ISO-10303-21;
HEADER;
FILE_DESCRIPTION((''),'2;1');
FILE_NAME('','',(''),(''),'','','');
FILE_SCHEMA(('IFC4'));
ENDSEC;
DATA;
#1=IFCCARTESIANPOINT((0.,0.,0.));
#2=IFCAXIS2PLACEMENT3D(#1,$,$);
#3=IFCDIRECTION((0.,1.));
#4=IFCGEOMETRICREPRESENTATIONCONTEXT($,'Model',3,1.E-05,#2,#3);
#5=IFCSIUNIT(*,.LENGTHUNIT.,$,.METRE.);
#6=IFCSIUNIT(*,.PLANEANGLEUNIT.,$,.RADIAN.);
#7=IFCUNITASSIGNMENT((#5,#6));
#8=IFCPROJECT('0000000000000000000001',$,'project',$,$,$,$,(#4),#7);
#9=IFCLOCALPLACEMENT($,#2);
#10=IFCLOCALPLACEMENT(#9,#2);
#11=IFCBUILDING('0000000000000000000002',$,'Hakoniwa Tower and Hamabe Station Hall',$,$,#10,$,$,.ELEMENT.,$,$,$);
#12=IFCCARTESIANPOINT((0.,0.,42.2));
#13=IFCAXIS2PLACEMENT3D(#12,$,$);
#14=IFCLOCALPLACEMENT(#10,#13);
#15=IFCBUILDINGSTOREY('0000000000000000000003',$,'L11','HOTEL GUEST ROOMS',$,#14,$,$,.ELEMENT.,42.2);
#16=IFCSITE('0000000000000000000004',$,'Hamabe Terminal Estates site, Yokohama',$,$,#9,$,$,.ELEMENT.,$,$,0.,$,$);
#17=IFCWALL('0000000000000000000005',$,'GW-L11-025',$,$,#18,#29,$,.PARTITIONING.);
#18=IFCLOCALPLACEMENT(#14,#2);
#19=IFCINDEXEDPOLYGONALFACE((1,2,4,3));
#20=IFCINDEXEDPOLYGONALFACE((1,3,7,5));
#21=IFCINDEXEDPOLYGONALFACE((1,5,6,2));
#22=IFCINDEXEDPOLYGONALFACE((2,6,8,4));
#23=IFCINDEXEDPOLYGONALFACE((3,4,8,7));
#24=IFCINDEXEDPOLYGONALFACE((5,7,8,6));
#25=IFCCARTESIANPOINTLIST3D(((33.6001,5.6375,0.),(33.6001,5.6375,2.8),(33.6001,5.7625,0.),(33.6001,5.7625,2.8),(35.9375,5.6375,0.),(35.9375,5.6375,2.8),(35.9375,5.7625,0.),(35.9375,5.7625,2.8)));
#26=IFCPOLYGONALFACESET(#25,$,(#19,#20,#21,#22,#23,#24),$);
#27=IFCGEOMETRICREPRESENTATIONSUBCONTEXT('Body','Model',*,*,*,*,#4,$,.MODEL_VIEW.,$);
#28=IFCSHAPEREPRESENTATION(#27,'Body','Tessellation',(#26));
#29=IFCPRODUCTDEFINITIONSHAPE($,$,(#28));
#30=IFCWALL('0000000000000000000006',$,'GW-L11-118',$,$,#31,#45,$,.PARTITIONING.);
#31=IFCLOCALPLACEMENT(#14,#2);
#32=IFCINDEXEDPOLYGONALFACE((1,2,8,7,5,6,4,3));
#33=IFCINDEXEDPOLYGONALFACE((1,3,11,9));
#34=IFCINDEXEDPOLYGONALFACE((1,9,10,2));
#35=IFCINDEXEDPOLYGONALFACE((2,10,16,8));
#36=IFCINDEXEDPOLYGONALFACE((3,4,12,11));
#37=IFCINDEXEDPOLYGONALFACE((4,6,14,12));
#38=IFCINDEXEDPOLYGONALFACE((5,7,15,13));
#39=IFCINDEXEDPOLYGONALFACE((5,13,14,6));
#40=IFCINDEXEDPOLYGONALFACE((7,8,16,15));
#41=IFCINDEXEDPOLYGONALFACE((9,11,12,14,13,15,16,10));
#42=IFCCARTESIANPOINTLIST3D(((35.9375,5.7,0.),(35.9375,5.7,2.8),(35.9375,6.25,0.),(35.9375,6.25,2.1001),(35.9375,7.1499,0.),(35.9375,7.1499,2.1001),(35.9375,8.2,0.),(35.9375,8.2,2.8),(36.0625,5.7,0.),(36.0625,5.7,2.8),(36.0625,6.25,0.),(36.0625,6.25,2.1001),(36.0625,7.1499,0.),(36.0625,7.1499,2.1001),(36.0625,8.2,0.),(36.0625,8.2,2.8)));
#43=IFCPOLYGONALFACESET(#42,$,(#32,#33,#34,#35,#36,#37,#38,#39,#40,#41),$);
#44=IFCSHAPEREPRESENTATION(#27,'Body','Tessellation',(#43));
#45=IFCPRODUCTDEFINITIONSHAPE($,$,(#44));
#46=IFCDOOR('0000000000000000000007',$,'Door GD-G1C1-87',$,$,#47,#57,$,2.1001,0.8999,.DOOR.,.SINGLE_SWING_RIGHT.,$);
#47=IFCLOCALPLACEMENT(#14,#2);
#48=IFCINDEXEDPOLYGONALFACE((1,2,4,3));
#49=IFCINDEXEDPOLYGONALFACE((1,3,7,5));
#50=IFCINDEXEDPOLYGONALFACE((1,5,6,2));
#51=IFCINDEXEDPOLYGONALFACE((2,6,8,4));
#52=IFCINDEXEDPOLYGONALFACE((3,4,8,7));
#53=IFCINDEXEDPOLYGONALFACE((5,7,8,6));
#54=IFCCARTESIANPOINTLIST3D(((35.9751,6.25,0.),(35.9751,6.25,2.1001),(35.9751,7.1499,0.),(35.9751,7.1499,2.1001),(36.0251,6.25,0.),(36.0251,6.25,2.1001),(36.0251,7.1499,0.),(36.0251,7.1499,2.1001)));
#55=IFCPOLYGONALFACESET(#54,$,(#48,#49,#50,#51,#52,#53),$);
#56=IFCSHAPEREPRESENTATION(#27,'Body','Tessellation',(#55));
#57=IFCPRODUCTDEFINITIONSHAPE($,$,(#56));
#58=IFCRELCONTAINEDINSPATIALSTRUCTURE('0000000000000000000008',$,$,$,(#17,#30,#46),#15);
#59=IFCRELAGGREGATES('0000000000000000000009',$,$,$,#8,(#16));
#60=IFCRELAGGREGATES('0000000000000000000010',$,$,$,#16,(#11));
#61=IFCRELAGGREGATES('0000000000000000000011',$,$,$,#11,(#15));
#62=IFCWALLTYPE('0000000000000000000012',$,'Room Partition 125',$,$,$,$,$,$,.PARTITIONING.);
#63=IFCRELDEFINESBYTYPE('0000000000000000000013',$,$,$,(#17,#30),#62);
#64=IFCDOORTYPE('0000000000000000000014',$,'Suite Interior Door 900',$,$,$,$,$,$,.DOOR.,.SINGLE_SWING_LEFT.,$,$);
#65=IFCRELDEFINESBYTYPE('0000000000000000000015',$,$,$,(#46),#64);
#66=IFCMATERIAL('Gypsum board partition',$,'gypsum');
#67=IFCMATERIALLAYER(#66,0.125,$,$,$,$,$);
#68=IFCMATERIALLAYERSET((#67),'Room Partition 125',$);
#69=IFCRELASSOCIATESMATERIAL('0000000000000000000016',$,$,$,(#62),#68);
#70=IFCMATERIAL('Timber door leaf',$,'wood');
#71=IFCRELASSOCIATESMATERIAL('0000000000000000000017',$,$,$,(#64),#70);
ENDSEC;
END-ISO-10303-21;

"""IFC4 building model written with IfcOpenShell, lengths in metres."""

from ifc_helpers import new_model, si_unit, direction, frame, frame_2d, origin, place, context, subcontext, project, spatial, rectangle, extrude, material, layer, layer_set, type_object, element, fill, save


model = new_model("IFC4")

# Units and contexts
model_context = context("Model", 3, precision=1e-05, world=origin(), true_north=direction((0.0, 1.0)))
body_context = subcontext(model_context, "Body", "Model", "MODEL_VIEW")
ifc_project = project(units=[si_unit("LENGTHUNIT", "METRE"), si_unit("PLANEANGLEUNIT", "RADIAN")], contexts=[model_context])

# Site, building, storey
site_placement = place(None, origin())
site = spatial("IfcSite", under=ifc_project, at=site_placement, Name="Hamabe Terminal Estates site, Yokohama", CompositionType="ELEMENT", RefElevation=0.0)
building_placement = place(site_placement, origin())
building = spatial("IfcBuilding", under=site, at=building_placement, Name="Hakoniwa Tower and Hamabe Station Hall", CompositionType="ELEMENT")
storey_placement = place(building_placement, frame((0.0, 0.0, 42.2)))
storey = spatial("IfcBuildingStorey", under=building, at=storey_placement, Name="L11", Description="HOTEL GUEST ROOMS", CompositionType="ELEMENT", Elevation=42.2)

# Wall
ifc_material_1 = material(Name="Gypsum board partition", Category="gypsum")
ifc_layer_1 = layer(ifc_material_1, 0.125)
ifc_layer_set_1 = layer_set([ifc_layer_1], Name="Room Partition 125")
wall_type_1 = type_object("IfcWallType", Name="Room Partition 125", PredefinedType="PARTITIONING", material=ifc_layer_set_1)
wall_1_placement = place(storey_placement, frame((33.6001, 5.7, 0.0), z_axis=(0.0, 0.0, 1.0), x_axis=(1.0, 0.0, 0.0)))
element("IfcWall", 1, at=wall_1_placement, inside=storey, type_object=wall_type_1, Name="GW-L11-025", PredefinedType="PARTITIONING", context=body_context, shape_type="SweptSolid", body=[
    extrude(rectangle(XDim=2.3374, YDim=0.125, at=frame_2d((1.1687, 0.0))), origin(), (0.0, 0.0, 1.0), 2.8),
])

# Wall, opening, door
wall_2_placement = place(storey_placement, frame((36.0, 5.7, 0.0), z_axis=(0.0, 0.0, 1.0), x_axis=(0.0, 1.0, 0.0)))
wall_2 = element("IfcWall", 2, at=wall_2_placement, inside=storey, type_object=wall_type_1, Name="GW-L11-118", PredefinedType="PARTITIONING", context=body_context, shape_type="SweptSolid", body=[
    extrude(rectangle(XDim=2.5, YDim=0.125, at=frame_2d((1.25, 0.0))), origin(), (0.0, 0.0, 1.0), 2.8),
])
opening_1_placement = place(wall_2_placement, frame((0.55, 0.0, 0.0)))
opening_1 = element("IfcOpeningElement", 3, at=opening_1_placement, cuts=wall_2, PredefinedType="OPENING", context=body_context, shape_type="SweptSolid", body=[
    extrude(rectangle(XDim=0.8999, YDim=2.1001, at=frame_2d((0.45, 1.05))), frame((0.0, 0.0725, 0.0), z_axis=(0.0, -1.0, 0.0), x_axis=(1.0, 0.0, 0.0)), (0.0, 0.0, 1.0), 0.145),
])
ifc_material_2 = material(Name="Timber door leaf", Category="wood")
door_type_1 = type_object("IfcDoorType", Name="Suite Interior Door 900", OperationType="SINGLE_SWING_LEFT", PredefinedType="DOOR", material=ifc_material_2)
door_1_placement = place(opening_1_placement, origin())
door_1 = element("IfcDoor", 4, at=door_1_placement, inside=storey, type_object=door_type_1, Name="Door GD-G1C1-87", OperationType="SINGLE_SWING_RIGHT", OverallHeight=2.1001, OverallWidth=0.8999, PredefinedType="DOOR", context=body_context, shape_type="SweptSolid", body=[
    extrude(rectangle(XDim=0.8999, YDim=2.1001, at=frame_2d((0.45, 1.05))), frame((0.0, 0.0249, 0.0), z_axis=(0.0, -1.0, 0.0), x_axis=(1.0, 0.0, 0.0)), (0.0, 0.0, 1.0), 0.05),
])
fill(opening_1, door_1)

save(model, "model.ifc")
